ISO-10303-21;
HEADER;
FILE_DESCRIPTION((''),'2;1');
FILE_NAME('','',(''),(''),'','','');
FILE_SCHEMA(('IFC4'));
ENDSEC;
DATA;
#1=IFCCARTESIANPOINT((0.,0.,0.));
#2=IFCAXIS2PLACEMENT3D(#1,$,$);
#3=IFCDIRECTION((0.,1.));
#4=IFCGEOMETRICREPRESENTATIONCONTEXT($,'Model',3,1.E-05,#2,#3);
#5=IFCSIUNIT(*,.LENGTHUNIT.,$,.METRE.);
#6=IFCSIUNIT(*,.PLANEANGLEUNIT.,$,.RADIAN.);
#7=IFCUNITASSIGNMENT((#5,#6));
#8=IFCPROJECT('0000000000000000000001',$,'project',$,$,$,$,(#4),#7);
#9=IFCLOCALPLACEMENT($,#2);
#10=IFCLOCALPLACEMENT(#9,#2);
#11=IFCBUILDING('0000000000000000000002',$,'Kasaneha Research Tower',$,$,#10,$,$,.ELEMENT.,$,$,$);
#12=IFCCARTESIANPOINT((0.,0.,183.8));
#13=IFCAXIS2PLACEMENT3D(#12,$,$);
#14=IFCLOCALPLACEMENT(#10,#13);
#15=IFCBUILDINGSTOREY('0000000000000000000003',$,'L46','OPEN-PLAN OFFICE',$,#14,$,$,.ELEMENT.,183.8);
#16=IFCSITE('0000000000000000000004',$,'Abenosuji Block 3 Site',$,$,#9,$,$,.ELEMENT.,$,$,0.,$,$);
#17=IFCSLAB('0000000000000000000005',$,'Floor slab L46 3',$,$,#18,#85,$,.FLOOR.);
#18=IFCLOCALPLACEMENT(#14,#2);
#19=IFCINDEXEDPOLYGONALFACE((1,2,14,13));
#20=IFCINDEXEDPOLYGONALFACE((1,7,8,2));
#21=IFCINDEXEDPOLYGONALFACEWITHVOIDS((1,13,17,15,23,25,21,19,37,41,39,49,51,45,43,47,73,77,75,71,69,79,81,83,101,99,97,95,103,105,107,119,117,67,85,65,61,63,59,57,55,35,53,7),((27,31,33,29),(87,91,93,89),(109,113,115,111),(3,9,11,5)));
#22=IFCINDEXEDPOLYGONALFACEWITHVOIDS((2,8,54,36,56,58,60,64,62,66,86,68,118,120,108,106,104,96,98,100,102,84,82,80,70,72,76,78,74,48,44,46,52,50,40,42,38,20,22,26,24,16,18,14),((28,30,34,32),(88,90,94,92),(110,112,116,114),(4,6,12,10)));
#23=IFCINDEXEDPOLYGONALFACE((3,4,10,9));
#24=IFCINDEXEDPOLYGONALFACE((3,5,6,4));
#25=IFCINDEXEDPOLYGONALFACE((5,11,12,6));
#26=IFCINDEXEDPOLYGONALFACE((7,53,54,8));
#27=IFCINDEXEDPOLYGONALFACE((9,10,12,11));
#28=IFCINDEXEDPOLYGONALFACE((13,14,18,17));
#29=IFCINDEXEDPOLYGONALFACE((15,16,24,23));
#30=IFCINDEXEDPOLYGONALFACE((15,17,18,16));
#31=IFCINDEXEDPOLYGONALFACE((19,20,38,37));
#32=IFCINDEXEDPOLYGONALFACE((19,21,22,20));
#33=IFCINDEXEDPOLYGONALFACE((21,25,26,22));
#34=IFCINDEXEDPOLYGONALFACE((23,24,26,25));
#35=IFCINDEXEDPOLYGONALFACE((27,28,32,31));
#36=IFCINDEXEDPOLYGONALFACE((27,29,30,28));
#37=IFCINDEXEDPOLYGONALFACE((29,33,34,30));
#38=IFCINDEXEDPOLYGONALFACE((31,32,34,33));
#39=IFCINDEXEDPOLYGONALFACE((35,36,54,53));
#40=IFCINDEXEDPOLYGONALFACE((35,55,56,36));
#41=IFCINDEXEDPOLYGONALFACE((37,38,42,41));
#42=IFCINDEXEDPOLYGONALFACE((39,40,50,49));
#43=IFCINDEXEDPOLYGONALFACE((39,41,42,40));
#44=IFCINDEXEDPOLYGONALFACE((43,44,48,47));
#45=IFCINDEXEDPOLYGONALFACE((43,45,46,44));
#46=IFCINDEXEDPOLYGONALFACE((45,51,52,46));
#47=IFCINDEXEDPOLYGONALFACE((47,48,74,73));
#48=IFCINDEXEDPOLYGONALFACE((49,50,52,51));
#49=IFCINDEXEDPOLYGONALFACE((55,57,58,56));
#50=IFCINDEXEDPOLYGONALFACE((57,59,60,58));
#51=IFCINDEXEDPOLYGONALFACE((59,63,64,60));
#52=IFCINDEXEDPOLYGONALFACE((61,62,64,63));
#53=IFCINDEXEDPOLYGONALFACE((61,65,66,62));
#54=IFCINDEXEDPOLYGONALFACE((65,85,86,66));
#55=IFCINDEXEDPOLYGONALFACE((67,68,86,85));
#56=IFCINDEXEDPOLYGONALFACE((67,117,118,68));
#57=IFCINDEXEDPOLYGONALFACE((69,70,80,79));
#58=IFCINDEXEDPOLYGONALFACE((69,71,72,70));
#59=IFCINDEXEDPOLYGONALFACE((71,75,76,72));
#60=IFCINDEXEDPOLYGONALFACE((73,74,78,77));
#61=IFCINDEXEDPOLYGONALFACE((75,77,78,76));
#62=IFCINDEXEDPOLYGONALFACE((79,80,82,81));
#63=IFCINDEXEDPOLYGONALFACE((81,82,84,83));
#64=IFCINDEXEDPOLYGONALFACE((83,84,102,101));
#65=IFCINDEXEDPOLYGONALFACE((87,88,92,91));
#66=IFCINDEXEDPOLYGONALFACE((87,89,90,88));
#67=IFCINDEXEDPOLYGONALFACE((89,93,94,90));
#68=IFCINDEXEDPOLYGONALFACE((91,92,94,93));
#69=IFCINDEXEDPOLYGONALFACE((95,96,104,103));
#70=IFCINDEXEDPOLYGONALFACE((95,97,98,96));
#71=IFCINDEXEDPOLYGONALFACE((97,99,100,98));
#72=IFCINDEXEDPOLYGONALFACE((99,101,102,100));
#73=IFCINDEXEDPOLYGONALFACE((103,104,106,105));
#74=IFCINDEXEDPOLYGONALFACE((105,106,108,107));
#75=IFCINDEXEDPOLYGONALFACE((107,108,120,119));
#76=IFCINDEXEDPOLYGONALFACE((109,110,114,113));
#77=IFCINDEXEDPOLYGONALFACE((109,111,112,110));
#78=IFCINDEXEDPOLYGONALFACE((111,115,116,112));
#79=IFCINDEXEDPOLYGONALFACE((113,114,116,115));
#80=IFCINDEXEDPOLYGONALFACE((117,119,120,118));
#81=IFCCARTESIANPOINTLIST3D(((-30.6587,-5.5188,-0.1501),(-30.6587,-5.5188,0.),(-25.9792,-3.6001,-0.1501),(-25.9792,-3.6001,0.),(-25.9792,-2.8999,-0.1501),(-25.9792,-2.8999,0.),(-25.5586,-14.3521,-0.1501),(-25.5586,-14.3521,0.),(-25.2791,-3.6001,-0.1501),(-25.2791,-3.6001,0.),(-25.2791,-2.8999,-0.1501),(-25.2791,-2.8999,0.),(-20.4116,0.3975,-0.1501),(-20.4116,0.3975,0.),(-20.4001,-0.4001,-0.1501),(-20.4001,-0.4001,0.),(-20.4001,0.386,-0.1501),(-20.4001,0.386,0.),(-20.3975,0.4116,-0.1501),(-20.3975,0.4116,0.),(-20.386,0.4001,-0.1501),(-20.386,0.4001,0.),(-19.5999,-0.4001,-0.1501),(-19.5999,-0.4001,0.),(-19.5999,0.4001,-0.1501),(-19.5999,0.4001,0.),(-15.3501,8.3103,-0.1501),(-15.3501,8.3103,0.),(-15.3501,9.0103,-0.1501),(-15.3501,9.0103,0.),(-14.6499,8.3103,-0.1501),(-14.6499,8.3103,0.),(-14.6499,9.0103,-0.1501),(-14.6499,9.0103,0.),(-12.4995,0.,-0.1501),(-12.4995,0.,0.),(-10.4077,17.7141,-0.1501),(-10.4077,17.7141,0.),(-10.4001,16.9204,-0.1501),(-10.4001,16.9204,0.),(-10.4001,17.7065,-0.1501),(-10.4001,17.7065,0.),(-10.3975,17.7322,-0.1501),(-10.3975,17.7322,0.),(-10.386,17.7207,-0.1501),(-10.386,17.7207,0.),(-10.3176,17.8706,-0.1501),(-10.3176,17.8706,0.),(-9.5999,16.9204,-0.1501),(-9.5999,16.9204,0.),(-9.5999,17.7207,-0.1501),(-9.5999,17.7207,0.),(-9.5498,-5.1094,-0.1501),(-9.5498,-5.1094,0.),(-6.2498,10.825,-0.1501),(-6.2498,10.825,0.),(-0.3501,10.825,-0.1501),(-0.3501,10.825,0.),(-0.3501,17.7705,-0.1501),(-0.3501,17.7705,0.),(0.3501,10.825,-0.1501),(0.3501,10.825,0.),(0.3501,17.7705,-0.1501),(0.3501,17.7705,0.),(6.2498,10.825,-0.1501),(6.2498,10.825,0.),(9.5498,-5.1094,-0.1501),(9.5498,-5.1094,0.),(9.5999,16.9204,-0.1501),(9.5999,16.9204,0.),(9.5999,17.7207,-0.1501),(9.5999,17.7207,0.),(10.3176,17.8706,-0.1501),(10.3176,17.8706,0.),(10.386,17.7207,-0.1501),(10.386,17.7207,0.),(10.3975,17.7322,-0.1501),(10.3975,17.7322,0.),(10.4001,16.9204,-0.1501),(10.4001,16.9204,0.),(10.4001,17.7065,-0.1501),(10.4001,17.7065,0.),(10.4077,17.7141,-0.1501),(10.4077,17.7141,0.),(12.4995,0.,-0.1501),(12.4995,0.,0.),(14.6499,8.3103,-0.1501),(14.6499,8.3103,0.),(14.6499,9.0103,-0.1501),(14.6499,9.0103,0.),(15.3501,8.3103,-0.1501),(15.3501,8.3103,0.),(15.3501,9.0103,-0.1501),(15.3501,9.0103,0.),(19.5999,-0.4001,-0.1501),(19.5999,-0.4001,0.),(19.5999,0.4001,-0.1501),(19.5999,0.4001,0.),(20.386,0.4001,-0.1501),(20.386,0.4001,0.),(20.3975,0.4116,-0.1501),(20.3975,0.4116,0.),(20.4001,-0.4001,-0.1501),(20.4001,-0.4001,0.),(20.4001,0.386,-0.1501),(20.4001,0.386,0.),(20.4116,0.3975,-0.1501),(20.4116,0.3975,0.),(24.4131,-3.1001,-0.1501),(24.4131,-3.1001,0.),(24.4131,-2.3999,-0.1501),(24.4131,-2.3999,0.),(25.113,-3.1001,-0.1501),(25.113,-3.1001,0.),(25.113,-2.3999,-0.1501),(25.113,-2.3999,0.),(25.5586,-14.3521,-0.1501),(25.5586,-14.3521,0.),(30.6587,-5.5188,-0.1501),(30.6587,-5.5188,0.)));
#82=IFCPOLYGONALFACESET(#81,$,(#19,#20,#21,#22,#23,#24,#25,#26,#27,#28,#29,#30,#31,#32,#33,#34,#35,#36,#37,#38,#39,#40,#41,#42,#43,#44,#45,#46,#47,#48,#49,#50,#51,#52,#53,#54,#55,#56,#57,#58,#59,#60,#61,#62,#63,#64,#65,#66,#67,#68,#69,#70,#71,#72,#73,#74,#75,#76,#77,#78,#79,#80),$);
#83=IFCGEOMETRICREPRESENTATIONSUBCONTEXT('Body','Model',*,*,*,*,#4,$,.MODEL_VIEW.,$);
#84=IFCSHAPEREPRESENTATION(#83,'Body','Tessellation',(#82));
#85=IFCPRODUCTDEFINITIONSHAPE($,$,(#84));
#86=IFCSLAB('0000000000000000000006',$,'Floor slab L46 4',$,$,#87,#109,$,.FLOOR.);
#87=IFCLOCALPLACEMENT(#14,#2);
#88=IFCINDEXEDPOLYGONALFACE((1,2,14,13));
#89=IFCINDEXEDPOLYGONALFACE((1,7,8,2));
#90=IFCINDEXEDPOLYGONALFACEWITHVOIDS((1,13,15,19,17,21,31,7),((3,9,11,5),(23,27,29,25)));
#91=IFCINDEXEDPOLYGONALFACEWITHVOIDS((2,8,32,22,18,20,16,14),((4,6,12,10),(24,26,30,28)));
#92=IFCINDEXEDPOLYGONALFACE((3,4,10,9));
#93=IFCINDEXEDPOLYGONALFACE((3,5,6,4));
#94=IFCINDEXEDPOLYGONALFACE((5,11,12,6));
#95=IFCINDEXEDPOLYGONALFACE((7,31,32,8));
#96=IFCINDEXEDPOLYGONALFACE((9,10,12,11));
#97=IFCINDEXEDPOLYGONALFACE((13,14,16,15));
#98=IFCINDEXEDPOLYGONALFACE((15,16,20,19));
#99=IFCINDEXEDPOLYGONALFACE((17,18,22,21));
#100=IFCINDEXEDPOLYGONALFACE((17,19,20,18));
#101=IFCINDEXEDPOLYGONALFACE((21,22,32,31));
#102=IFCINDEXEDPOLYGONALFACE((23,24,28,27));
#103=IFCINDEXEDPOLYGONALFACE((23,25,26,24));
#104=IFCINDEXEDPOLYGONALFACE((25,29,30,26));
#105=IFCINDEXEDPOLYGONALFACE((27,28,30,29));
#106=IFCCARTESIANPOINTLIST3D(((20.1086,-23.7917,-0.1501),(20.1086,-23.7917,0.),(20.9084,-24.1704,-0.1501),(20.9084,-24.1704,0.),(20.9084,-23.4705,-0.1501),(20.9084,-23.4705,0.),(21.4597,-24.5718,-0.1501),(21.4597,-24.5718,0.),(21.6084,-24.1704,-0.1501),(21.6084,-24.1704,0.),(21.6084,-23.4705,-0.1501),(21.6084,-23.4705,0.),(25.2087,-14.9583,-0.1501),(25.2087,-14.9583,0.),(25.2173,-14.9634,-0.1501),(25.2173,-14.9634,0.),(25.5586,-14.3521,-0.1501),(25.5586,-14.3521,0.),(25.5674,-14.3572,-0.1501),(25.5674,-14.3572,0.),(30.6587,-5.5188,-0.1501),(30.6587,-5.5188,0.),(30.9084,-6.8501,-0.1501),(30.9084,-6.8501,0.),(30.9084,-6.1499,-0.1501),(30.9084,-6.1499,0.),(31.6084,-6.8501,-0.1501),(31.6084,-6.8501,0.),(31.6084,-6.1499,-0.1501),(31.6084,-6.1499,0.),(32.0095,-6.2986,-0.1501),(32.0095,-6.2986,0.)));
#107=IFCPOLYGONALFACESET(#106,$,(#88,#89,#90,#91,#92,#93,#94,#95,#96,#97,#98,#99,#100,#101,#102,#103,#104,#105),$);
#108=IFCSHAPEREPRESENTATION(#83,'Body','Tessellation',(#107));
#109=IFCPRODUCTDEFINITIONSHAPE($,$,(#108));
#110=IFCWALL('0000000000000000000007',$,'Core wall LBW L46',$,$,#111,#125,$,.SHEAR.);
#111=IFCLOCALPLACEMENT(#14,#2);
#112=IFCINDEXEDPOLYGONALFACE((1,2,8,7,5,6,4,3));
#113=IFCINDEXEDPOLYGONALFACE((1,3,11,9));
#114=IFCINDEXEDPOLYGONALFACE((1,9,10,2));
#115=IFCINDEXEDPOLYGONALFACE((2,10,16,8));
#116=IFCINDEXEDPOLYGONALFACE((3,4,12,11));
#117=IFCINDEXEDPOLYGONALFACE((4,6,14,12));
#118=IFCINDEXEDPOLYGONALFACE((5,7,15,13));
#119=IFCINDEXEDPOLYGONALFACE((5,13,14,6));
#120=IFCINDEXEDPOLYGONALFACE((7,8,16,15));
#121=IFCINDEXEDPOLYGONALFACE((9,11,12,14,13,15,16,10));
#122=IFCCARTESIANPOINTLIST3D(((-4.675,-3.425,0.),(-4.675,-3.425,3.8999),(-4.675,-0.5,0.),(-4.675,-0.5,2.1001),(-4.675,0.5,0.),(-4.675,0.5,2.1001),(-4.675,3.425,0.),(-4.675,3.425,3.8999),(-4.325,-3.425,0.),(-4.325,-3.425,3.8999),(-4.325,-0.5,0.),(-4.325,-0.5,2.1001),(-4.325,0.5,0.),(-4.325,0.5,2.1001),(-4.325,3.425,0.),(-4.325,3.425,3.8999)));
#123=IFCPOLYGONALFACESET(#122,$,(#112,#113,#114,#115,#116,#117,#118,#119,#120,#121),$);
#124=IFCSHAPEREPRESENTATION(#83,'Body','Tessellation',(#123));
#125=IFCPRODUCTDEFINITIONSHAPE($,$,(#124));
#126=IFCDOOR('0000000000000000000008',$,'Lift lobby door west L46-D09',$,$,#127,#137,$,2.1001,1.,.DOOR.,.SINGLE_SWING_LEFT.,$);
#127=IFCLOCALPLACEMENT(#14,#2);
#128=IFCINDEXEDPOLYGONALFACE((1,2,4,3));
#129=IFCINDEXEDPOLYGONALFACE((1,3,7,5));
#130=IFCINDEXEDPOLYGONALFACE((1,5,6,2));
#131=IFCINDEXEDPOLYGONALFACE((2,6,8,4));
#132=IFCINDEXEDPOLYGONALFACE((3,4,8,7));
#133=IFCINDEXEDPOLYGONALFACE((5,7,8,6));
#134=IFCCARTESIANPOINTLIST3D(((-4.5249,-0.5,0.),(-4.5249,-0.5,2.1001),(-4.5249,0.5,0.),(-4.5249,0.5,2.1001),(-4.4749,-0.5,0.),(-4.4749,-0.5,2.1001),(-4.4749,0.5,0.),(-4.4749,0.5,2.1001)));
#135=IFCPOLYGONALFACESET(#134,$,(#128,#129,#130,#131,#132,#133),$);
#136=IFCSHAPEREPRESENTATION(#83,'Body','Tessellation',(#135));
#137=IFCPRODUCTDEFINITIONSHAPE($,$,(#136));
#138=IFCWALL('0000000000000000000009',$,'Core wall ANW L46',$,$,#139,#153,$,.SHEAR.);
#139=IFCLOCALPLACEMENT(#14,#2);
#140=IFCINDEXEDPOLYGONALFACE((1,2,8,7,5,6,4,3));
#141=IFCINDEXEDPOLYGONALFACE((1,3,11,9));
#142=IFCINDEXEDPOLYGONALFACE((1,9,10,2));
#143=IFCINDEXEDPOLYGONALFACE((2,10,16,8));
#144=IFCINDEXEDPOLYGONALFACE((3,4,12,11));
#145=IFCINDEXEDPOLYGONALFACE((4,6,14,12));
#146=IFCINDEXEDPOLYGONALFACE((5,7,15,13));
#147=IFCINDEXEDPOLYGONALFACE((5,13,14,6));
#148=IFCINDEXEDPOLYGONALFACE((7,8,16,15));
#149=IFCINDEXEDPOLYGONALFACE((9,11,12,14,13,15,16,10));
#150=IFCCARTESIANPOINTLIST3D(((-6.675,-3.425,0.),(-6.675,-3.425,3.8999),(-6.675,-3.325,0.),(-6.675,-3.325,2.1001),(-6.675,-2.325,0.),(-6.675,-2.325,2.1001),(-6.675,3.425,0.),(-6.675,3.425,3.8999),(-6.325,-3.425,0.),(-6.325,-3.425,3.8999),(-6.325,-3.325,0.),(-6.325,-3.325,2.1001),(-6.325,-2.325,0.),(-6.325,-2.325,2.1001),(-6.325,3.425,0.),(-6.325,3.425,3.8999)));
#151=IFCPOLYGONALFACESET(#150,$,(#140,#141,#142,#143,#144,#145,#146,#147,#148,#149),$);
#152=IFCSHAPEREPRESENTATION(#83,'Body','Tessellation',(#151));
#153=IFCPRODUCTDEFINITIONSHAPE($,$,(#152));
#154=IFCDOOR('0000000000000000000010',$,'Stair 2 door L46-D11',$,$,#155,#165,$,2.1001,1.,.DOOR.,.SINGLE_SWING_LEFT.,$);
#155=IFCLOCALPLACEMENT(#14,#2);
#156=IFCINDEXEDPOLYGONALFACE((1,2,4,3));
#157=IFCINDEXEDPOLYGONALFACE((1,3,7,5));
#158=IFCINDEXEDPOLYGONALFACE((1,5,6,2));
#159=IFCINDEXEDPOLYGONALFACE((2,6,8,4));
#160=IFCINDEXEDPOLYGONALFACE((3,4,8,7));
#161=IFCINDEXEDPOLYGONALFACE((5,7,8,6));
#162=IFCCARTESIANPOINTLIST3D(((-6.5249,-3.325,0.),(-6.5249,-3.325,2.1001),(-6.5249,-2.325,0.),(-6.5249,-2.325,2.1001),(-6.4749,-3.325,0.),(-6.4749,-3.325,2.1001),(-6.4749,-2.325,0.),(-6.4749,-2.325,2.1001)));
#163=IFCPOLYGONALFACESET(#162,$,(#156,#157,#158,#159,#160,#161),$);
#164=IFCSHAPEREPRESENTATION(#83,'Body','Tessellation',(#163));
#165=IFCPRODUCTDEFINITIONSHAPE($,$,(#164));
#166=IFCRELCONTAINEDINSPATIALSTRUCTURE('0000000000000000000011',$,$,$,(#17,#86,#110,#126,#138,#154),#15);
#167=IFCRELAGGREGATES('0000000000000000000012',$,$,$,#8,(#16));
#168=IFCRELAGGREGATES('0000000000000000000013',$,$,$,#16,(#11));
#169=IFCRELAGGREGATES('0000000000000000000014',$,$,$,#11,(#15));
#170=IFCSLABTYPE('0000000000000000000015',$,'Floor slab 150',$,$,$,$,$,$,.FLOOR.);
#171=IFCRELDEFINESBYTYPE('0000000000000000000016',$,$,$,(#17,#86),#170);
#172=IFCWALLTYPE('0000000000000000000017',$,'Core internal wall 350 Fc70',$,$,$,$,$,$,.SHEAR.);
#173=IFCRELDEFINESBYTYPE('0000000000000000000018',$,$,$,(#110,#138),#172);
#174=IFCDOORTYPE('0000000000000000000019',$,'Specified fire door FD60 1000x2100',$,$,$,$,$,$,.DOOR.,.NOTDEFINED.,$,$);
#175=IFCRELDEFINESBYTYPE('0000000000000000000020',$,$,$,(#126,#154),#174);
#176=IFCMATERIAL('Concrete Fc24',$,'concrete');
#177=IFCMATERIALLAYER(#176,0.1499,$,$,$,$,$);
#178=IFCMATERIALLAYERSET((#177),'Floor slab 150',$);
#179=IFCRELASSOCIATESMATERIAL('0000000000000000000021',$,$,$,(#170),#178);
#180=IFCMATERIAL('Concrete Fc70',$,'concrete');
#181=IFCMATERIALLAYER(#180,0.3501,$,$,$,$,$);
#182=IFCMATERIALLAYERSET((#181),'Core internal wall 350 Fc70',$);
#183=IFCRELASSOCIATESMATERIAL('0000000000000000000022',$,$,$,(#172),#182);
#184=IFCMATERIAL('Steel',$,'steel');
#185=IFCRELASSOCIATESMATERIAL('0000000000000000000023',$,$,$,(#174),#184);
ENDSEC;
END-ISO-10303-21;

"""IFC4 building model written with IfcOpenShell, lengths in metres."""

from ifc_helpers import new_model, si_unit, direction, frame, frame_2d, origin, place, context, subcontext, project, spatial, polyline, rectangle, outline, extrude, material, layer, layer_set, type_object, element, fill, save


model = new_model("IFC4")

# Units and contexts
model_context = context("Model", 3, precision=1e-05, world=origin(), true_north=direction((0.0, 1.0)))
body_context = subcontext(model_context, "Body", "Model", "MODEL_VIEW")
ifc_project = project(units=[si_unit("LENGTHUNIT", "METRE"), si_unit("PLANEANGLEUNIT", "RADIAN")], contexts=[model_context])

# Site, building, storey
site_placement = place(None, origin())
site = spatial("IfcSite", under=ifc_project, at=site_placement, Name="Abenosuji Block 3 Site", CompositionType="ELEMENT", RefElevation=0.0)
building_placement = place(site_placement, origin())
building = spatial("IfcBuilding", under=site, at=building_placement, Name="Kasaneha Research Tower", CompositionType="ELEMENT")
storey_placement = place(building_placement, frame((0.0, 0.0, 183.8)))
storey = spatial("IfcBuildingStorey", under=building, at=storey_placement, Name="L46", Description="OPEN-PLAN OFFICE", CompositionType="ELEMENT", Elevation=183.8)

# Slabs
ifc_material_1 = material(Name="Concrete Fc24", Category="concrete")
ifc_layer_1 = layer(ifc_material_1, 0.1499)
ifc_layer_set_1 = layer_set([ifc_layer_1], Name="Floor slab 150")
slab_type_1 = type_object("IfcSlabType", Name="Floor slab 150", PredefinedType="FLOOR", material=ifc_layer_set_1)
slab_1_placement = place(storey_placement, frame((0.0, 0.0, -0.1501)))
element("IfcSlab", 1, at=slab_1_placement, inside=storey, type_object=slab_type_1, Name="Floor slab L46 3", PredefinedType="FLOOR", context=body_context, shape_type="SweptSolid", body=[
    extrude(outline(polyline([(-20.4001, -0.4001), (-19.5999, -0.4001), (-19.5999, 0.4001), (-20.386, 0.4001), (-20.3975, 0.4116), (-10.4077, 17.7141), (-10.4001, 17.7065), (-10.4001, 16.9204), (-9.5999, 16.9204), (-9.5999, 17.7207), (-10.386, 17.7207), (-10.3975, 17.7322), (-10.3176, 17.8706), (10.3176, 17.8706), (10.3975, 17.7322), (10.386, 17.7207), (9.5999, 17.7207), (9.5999, 16.9204), (10.4001, 16.9204), (10.4001, 17.7065), (10.4077, 17.7141), (20.3975, 0.4116), (20.386, 0.4001), (19.5999, 0.4001), (19.5999, -0.4001), (20.4001, -0.4001), (20.4001, 0.386), (20.4116, 0.3975), (30.6587, -5.5188), (25.5586, -14.3521), (9.5498, -5.1094), (12.4995, 0.0), (6.2498, 10.825), (0.3501, 10.825), (0.3501, 17.7705), (-0.3501, 17.7705), (-0.3501, 10.825), (-6.2498, 10.825), (-12.4995, 0.0), (-9.5498, -5.1094), (-25.5586, -14.3521), (-30.6587, -5.5188), (-20.4116, 0.3975), (-20.4001, 0.386), (-20.4001, -0.4001)]), holes=[polyline([(-25.2791, -3.6001), (-25.2791, -2.8999), (-25.9792, -2.8999), (-25.9792, -3.6001), (-25.2791, -3.6001)]), polyline([(-15.3501, 8.3103), (-14.6499, 8.3103), (-14.6499, 9.0103), (-15.3501, 9.0103), (-15.3501, 8.3103)]), polyline([(24.4131, -3.1001), (25.113, -3.1001), (25.113, -2.3999), (24.4131, -2.3999), (24.4131, -3.1001)]), polyline([(14.6499, 8.3103), (15.3501, 8.3103), (15.3501, 9.0103), (14.6499, 9.0103), (14.6499, 8.3103)])]), origin(), (0.0, 0.0, 1.0), 0.1501),
])
slab_2_placement = place(storey_placement, frame((0.0, 0.0, -0.1501)))
element("IfcSlab", 2, at=slab_2_placement, inside=storey, type_object=slab_type_1, Name="Floor slab L46 4", PredefinedType="FLOOR", context=body_context, shape_type="SweptSolid", body=[
    extrude(outline(polyline([(32.0095, -6.2986), (21.4597, -24.5718), (20.1086, -23.7917), (25.2087, -14.9583), (25.2173, -14.9634), (25.5674, -14.3572), (25.5586, -14.3521), (30.6587, -5.5188), (32.0095, -6.2986)]), holes=[polyline([(21.6084, -24.1704), (21.6084, -23.4705), (20.9084, -23.4705), (20.9084, -24.1704), (21.6084, -24.1704)]), polyline([(31.6084, -6.8501), (31.6084, -6.1499), (30.9084, -6.1499), (30.9084, -6.8501), (31.6084, -6.8501)])]), origin(), (0.0, 0.0, 1.0), 0.1501),
])

# Shared definitions
ifc_material_2 = material(Name="Concrete Fc70", Category="concrete")
ifc_layer_2 = layer(ifc_material_2, 0.3501)
ifc_layer_set_2 = layer_set([ifc_layer_2], Name="Core internal wall 350 Fc70")
wall_type = type_object("IfcWallType", Name="Core internal wall 350 Fc70", PredefinedType="SHEAR", material=ifc_layer_set_2)

# Walls, openings, doors
wall_1_placement = place(storey_placement, frame((-4.5, -3.425, 0.0), z_axis=(0.0, 0.0, 1.0), x_axis=(0.0, 1.0, 0.0)))
wall_1 = element("IfcWall", 3, at=wall_1_placement, inside=storey, type_object=wall_type, Name="Core wall LBW L46", PredefinedType="SHEAR", context=body_context, shape_type="SweptSolid", body=[
    extrude(rectangle(XDim=6.8501, YDim=0.3501, at=frame_2d((3.425, 0.0))), origin(), (0.0, 0.0, 1.0), 3.8999),
])
opening_1_placement = place(wall_1_placement, frame((2.925, 0.0, 0.0)))
opening_1 = element("IfcOpeningElement", 4, at=opening_1_placement, cuts=wall_1, PredefinedType="OPENING", context=body_context, shape_type="SweptSolid", body=[
    extrude(rectangle(XDim=1.0, YDim=2.1001, at=frame_2d((0.5, 1.05))), frame((0.0, 0.1851, 0.0), z_axis=(0.0, -1.0, 0.0), x_axis=(1.0, 0.0, 0.0)), (0.0, 0.0, 1.0), 0.3701),
])
ifc_material_3 = material(Name="Steel", Category="steel")
door_type_1 = type_object("IfcDoorType", Name="Specified fire door FD60 1000x2100", OperationType="NOTDEFINED", PredefinedType="DOOR", material=ifc_material_3)
door_1_placement = place(opening_1_placement, origin())
door_1 = element("IfcDoor", 5, at=door_1_placement, inside=storey, type_object=door_type_1, Name="Lift lobby door west L46-D09", OperationType="SINGLE_SWING_LEFT", OverallHeight=2.1001, OverallWidth=1.0, PredefinedType="DOOR", context=body_context, shape_type="SweptSolid", body=[
    extrude(rectangle(XDim=1.0, YDim=2.1001, at=frame_2d((0.5, 1.05))), frame((0.0, 0.0249, 0.0), z_axis=(0.0, -1.0, 0.0), x_axis=(1.0, 0.0, 0.0)), (0.0, 0.0, 1.0), 0.05),
])
fill(opening_1, door_1)
wall_2_placement = place(storey_placement, frame((-6.5, -3.425, 0.0), z_axis=(0.0, 0.0, 1.0), x_axis=(0.0, 1.0, 0.0)))
wall_2 = element("IfcWall", 6, at=wall_2_placement, inside=storey, type_object=wall_type, Name="Core wall ANW L46", PredefinedType="SHEAR", context=body_context, shape_type="SweptSolid", body=[
    extrude(rectangle(XDim=6.8501, YDim=0.3501, at=frame_2d((3.425, 0.0))), origin(), (0.0, 0.0, 1.0), 3.8999),
])
opening_2_placement = place(wall_2_placement, frame((0.1001, 0.0, 0.0)))
opening_2 = element("IfcOpeningElement", 7, at=opening_2_placement, cuts=wall_2, PredefinedType="OPENING", context=body_context, shape_type="SweptSolid", body=[
    extrude(rectangle(XDim=1.0, YDim=2.1001, at=frame_2d((0.5, 1.05))), frame((0.0, 0.1851, 0.0), z_axis=(0.0, -1.0, 0.0), x_axis=(1.0, 0.0, 0.0)), (0.0, 0.0, 1.0), 0.3701),
])
door_2_placement = place(opening_2_placement, origin())
door_2 = element("IfcDoor", 8, at=door_2_placement, inside=storey, type_object=door_type_1, Name="Stair 2 door L46-D11", OperationType="SINGLE_SWING_LEFT", OverallHeight=2.1001, OverallWidth=1.0, PredefinedType="DOOR", context=body_context, shape_type="SweptSolid", body=[
    extrude(rectangle(XDim=1.0, YDim=2.1001, at=frame_2d((0.5, 1.05))), frame((0.0, 0.0249, 0.0), z_axis=(0.0, -1.0, 0.0), x_axis=(1.0, 0.0, 0.0)), (0.0, 0.0, 1.0), 0.05),
])
fill(opening_2, door_2)

save(model, "model.ifc")
